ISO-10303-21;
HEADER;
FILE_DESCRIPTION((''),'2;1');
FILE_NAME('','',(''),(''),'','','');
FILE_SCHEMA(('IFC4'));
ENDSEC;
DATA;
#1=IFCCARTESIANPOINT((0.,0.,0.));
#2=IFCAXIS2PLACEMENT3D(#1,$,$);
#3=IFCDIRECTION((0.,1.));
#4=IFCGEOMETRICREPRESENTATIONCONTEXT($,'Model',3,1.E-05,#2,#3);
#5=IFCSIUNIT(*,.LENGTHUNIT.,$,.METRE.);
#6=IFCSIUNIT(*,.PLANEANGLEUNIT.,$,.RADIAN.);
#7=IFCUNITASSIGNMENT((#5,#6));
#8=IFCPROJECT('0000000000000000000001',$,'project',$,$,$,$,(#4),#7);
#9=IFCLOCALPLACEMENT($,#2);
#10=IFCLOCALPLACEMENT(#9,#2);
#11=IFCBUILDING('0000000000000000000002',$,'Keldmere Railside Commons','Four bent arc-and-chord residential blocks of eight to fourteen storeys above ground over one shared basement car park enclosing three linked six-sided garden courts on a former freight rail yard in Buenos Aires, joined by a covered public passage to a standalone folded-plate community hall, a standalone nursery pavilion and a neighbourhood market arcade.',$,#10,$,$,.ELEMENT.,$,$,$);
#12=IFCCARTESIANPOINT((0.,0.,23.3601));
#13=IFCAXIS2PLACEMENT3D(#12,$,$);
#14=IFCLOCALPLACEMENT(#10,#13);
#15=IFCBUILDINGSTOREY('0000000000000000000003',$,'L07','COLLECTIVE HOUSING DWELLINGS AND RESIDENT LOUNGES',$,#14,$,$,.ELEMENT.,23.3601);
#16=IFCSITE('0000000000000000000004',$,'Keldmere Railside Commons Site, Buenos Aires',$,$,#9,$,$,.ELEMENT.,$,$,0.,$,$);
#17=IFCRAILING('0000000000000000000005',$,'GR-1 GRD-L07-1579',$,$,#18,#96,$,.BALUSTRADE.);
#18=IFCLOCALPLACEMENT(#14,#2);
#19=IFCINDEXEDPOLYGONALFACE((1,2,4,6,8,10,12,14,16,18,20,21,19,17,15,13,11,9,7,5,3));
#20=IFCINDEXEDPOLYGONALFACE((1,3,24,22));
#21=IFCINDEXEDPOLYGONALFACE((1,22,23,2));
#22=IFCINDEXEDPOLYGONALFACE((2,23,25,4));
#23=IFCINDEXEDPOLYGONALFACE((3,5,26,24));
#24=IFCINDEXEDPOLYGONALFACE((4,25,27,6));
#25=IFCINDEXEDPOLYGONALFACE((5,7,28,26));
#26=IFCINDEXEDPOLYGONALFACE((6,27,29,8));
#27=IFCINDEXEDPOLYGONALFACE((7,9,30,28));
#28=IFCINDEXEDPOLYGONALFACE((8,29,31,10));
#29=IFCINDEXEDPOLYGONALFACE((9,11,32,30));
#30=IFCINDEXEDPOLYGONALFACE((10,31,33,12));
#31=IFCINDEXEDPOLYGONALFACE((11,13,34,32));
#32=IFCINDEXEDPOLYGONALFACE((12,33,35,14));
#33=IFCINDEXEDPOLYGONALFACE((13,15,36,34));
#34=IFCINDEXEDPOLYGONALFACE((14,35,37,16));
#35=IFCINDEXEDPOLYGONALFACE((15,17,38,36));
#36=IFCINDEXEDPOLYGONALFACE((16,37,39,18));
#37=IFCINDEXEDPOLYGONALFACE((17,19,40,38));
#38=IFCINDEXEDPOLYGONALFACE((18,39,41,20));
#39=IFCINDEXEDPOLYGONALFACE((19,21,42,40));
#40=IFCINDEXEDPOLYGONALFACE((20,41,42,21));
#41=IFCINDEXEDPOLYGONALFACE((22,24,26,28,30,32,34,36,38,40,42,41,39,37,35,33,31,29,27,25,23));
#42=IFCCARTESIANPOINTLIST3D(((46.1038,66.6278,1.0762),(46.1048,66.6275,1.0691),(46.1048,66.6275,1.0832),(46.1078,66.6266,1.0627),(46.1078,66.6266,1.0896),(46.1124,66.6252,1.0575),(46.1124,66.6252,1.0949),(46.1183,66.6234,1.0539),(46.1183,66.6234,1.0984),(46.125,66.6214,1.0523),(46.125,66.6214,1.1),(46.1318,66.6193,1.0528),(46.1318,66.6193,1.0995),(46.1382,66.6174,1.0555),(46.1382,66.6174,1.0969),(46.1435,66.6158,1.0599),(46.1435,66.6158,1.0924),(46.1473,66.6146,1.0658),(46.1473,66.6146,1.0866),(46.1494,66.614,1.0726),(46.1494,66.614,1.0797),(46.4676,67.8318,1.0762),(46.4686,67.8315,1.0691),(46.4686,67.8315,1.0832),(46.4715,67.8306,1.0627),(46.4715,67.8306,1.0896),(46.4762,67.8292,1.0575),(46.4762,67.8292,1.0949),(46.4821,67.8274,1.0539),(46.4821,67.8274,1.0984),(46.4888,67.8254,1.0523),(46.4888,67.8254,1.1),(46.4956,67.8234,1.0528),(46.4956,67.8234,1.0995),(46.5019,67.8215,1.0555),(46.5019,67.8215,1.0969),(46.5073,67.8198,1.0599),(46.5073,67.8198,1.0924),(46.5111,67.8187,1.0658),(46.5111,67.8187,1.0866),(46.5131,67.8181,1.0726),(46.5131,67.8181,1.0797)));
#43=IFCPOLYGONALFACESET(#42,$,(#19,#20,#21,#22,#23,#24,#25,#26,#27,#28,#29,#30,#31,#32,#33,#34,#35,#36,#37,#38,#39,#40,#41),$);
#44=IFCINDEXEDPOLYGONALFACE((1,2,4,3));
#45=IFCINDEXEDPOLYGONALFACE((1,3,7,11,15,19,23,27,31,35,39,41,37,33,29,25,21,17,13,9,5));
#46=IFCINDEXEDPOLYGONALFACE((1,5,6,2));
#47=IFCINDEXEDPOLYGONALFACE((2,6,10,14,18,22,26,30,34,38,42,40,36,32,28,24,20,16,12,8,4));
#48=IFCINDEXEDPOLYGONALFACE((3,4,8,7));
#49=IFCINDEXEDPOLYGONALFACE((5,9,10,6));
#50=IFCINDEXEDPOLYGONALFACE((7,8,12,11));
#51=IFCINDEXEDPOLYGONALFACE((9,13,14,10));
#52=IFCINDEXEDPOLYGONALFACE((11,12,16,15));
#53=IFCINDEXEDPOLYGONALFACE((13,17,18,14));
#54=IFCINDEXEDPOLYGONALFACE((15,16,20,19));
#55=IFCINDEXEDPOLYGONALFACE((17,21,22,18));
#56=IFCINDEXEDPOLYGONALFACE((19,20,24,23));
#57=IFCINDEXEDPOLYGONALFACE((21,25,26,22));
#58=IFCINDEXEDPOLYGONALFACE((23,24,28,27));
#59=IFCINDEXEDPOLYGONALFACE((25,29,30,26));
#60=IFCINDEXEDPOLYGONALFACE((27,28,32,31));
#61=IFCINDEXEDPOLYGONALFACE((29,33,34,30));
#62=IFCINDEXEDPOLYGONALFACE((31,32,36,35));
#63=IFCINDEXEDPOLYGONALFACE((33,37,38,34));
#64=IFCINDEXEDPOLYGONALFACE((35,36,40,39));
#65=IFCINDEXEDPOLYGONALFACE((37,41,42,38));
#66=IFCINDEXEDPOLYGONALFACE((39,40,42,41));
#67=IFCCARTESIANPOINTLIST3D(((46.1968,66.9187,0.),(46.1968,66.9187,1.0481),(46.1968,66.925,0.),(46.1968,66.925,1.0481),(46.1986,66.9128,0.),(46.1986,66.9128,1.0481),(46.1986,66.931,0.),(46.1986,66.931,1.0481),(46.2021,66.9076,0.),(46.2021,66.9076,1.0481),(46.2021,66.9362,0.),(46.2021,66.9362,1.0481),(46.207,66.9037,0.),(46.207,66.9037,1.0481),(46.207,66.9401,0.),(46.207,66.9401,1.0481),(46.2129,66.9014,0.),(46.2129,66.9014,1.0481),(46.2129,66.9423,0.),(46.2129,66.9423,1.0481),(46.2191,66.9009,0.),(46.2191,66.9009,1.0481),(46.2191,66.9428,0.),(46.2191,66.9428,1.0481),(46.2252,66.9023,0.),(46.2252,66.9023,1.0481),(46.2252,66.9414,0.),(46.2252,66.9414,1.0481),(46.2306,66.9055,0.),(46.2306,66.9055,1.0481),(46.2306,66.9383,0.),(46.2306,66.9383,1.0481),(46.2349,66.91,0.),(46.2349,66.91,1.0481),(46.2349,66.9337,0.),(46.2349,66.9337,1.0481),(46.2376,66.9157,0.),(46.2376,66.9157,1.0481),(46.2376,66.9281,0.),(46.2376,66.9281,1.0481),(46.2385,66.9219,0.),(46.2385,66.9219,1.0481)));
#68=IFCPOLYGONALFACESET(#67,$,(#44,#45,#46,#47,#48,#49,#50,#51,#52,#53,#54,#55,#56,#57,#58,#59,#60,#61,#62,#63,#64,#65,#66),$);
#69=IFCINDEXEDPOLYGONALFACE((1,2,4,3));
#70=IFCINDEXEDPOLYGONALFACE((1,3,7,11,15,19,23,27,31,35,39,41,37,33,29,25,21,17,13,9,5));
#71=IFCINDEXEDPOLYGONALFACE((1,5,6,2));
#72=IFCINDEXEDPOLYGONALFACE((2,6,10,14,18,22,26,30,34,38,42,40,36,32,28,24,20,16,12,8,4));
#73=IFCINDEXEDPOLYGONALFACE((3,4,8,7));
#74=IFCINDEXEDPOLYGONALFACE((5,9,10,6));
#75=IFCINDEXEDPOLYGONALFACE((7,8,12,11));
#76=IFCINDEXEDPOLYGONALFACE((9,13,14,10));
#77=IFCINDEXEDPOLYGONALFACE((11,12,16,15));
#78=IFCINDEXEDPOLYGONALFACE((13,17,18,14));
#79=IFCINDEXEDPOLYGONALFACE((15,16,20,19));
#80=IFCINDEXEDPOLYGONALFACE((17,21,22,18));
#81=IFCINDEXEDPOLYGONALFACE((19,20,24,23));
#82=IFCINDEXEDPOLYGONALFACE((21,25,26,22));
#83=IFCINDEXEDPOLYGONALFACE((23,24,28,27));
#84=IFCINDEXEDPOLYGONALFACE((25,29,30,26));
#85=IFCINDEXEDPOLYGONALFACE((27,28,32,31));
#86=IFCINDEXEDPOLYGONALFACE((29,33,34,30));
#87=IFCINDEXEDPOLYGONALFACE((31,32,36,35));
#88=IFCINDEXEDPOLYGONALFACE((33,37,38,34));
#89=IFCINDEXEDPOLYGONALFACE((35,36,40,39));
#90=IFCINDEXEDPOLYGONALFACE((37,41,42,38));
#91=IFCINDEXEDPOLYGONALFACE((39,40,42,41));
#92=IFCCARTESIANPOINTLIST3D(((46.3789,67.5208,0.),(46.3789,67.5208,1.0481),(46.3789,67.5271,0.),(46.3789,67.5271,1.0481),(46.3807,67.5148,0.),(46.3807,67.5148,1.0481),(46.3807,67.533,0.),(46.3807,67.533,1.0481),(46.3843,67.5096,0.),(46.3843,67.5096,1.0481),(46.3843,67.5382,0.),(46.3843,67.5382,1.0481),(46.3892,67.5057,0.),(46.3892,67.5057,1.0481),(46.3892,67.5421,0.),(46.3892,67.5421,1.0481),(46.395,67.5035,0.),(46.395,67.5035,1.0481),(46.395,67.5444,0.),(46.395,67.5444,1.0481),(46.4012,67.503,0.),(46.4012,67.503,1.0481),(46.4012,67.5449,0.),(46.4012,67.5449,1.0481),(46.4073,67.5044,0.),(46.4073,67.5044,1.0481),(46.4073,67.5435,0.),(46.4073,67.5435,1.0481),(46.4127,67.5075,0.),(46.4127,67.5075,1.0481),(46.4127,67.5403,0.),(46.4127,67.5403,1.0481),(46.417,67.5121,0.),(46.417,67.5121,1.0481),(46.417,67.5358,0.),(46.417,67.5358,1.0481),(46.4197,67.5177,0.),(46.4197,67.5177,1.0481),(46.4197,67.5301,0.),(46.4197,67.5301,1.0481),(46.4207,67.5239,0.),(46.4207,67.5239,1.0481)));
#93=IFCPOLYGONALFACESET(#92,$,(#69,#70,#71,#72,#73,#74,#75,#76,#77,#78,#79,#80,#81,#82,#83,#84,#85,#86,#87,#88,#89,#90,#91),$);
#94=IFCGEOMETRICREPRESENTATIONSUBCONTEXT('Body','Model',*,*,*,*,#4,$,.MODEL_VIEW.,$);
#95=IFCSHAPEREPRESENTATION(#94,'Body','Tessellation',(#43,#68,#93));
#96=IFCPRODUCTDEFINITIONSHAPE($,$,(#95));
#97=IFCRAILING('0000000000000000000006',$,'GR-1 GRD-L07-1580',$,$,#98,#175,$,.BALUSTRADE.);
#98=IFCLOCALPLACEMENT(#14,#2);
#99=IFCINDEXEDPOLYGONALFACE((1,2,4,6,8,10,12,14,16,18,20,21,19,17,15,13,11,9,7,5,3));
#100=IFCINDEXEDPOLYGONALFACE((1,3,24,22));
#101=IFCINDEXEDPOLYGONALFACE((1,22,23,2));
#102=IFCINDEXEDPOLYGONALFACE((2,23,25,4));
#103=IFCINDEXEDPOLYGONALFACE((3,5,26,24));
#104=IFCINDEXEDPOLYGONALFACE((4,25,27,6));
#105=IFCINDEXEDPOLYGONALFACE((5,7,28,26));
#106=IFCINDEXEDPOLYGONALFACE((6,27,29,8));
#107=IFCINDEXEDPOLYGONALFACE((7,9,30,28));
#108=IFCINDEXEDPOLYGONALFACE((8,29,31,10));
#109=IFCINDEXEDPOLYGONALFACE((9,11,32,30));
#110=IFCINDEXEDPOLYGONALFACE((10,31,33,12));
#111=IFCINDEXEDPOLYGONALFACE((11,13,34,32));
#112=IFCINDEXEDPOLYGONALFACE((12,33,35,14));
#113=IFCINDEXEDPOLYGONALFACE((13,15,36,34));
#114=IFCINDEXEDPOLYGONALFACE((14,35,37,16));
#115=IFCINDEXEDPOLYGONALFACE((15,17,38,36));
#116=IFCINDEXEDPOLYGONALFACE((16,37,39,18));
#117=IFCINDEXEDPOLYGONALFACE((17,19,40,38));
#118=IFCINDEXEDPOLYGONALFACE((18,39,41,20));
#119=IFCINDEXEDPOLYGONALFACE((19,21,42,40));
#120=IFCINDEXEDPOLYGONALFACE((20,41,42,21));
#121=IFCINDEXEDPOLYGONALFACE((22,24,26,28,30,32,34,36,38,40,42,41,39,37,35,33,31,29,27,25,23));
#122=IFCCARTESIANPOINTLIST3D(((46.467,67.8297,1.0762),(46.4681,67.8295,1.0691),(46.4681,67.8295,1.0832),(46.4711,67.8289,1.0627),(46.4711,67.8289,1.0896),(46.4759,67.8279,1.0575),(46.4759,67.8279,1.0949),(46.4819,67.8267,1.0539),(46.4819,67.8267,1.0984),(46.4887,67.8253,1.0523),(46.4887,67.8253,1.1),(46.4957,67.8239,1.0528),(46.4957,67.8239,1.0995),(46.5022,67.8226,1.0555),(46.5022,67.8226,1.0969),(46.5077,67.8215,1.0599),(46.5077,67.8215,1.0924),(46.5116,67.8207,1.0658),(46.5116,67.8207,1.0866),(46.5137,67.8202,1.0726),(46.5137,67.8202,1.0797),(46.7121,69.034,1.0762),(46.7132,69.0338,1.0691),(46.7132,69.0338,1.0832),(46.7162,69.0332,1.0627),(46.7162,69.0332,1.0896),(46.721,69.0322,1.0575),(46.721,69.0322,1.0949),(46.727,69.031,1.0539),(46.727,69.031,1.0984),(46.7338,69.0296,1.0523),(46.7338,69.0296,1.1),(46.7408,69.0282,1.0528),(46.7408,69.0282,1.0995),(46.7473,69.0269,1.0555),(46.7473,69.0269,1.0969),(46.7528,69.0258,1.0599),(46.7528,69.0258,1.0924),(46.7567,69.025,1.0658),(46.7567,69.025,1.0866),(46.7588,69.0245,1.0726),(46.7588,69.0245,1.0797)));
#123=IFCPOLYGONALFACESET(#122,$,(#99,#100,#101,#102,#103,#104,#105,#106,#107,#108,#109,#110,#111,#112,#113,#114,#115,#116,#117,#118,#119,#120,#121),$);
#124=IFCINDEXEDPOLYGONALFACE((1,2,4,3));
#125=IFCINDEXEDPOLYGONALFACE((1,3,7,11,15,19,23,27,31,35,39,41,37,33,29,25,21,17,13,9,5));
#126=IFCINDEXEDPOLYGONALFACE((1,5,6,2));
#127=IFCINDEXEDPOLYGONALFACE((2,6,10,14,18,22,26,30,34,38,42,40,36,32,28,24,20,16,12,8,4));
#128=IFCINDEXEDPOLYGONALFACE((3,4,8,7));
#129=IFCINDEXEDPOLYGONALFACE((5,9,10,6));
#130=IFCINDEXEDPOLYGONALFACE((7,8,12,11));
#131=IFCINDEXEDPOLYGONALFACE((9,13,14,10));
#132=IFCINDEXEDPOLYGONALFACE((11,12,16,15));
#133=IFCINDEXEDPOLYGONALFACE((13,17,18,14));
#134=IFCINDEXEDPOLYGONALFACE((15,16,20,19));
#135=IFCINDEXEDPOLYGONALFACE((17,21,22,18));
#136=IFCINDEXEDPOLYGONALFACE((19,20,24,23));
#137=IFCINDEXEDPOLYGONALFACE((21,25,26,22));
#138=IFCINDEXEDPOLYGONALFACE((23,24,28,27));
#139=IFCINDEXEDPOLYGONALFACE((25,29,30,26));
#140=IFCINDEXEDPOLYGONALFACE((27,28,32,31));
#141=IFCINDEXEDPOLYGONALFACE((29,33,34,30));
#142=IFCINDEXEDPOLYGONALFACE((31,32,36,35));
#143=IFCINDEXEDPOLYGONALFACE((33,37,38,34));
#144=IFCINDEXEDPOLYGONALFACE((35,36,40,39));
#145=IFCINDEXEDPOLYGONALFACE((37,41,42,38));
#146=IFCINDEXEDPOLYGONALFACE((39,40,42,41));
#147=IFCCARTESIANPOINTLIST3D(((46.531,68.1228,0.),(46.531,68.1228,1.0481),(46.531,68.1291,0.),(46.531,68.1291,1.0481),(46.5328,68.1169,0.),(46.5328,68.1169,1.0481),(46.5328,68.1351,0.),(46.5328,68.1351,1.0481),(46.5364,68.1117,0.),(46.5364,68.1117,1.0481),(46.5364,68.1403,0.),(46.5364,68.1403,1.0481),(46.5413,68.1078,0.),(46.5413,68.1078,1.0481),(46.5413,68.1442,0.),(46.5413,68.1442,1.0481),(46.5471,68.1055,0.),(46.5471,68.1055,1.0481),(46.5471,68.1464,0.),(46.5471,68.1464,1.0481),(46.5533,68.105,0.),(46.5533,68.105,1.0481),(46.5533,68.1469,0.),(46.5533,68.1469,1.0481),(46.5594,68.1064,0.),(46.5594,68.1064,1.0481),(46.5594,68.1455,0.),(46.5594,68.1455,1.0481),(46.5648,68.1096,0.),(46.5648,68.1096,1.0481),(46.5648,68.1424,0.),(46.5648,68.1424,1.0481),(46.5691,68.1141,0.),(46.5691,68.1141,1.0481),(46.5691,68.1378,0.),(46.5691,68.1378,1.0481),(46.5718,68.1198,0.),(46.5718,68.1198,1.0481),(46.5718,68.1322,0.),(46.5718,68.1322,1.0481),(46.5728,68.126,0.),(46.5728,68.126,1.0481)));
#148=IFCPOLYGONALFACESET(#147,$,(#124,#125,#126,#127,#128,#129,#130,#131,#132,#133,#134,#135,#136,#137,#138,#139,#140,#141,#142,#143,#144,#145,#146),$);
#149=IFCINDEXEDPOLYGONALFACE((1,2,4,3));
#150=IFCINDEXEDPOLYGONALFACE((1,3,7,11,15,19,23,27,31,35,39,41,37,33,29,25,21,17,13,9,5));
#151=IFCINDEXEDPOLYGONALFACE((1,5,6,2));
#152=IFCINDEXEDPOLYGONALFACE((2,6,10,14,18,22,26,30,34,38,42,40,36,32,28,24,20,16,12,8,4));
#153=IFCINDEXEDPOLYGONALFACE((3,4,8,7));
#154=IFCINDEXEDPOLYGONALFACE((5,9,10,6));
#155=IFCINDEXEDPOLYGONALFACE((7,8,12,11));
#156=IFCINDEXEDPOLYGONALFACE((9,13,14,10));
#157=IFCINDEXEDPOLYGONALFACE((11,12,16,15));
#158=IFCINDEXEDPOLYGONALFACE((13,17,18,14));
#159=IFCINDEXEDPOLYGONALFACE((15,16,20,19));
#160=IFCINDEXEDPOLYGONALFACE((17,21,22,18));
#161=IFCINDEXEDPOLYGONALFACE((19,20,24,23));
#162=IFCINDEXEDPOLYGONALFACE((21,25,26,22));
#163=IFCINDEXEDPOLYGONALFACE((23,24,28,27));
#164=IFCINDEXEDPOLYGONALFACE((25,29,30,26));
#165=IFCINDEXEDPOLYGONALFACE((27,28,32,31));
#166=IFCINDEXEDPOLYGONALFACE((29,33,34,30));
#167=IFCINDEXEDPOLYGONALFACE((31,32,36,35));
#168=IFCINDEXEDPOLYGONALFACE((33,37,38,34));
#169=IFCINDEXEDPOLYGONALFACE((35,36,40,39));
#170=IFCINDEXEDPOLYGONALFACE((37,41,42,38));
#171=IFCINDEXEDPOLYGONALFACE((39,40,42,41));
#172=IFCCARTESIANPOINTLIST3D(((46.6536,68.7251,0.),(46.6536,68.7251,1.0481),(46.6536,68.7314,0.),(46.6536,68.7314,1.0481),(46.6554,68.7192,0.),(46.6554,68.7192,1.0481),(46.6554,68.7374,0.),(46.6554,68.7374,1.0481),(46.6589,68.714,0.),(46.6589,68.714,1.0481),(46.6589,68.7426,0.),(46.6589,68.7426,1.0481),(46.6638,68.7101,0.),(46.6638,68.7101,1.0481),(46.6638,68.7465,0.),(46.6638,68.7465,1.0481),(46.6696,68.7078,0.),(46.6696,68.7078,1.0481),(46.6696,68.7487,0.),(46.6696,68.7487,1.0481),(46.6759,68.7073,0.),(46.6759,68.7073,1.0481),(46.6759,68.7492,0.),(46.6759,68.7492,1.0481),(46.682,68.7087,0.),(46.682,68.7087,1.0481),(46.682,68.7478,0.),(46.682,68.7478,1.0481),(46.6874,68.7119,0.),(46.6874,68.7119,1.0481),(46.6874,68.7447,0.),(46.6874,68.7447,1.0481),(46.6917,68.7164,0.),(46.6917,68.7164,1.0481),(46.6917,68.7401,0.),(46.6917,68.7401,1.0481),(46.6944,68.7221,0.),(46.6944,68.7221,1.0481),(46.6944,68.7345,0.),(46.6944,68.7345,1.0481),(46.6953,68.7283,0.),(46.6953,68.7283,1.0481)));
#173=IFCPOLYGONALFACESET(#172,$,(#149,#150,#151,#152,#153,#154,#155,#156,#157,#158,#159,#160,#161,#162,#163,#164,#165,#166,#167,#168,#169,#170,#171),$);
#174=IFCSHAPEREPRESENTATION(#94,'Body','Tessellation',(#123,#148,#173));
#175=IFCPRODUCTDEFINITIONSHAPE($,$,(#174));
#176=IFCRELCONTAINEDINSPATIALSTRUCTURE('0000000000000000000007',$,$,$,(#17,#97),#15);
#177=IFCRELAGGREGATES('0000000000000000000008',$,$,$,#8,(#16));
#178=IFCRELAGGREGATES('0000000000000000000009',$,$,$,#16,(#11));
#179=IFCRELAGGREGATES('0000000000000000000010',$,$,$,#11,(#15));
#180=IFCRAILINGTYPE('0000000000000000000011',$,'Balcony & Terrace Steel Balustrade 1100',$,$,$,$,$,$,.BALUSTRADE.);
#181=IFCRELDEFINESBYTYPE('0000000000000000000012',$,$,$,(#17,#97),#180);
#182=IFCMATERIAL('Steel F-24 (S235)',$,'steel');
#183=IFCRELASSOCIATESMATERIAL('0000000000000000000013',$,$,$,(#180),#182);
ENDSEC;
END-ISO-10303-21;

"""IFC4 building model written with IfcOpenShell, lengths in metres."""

from ifc_helpers import new_model, si_unit, direction, frame, origin, origin_2d, place, context, subcontext, project, spatial, circle, extrude, material, type_object, element, save


model = new_model("IFC4")

# Units and contexts
model_context = context("Model", 3, precision=1e-05, world=origin(), true_north=direction((0.0, 1.0)))
body_context = subcontext(model_context, "Body", "Model", "MODEL_VIEW")
ifc_project = project(units=[si_unit("LENGTHUNIT", "METRE"), si_unit("PLANEANGLEUNIT", "RADIAN")], contexts=[model_context])

# Site, building, storey
site_placement = place(None, origin())
site = spatial("IfcSite", under=ifc_project, at=site_placement, Name="Keldmere Railside Commons Site, Buenos Aires", CompositionType="ELEMENT", RefElevation=0.0)
building_placement = place(site_placement, origin())
building = spatial("IfcBuilding", under=site, at=building_placement, Name="Keldmere Railside Commons", Description="Four bent arc-and-chord residential blocks of eight to fourteen storeys above ground over one shared basement car park enclosing three linked six-sided garden courts on a former freight rail yard in Buenos Aires, joined by a covered public passage to a standalone folded-plate community hall, a standalone nursery pavilion and a neighbourhood market arcade.", CompositionType="ELEMENT")
storey_placement = place(building_placement, frame((0.0, 0.0, 23.3601)))
storey = spatial("IfcBuildingStorey", under=building, at=storey_placement, Name="L07", Description="COLLECTIVE HOUSING DWELLINGS AND RESIDENT LOUNGES", CompositionType="ELEMENT", Elevation=23.3601)

# Shared definitions
ifc_material_1 = material(Name="Steel F-24 (S235)", Category="steel")

# Railings
railing_type_1 = type_object("IfcRailingType", Name="Balcony & Terrace Steel Balustrade 1100", PredefinedType="BALUSTRADE", material=ifc_material_1)
railing_1_placement = place(storey_placement, frame((46.1267, 66.6208, 0.0)))
element("IfcRailing", 1, at=railing_1_placement, inside=storey, type_object=railing_type_1, Name="GR-1 GRD-L07-1579", PredefinedType="BALUSTRADE", context=body_context, shape_type="SweptSolid", body=[
    extrude(circle(Radius=0.0239, at=origin_2d()), frame((0.0, 0.0, 1.0762), z_axis=(0.289199, 0.957269, 0.0), x_axis=(-0.957269, 0.289199, 0.0)), (0.0, 0.0, 1.0), 1.2578),
    extrude(circle(Radius=0.021, at=origin_2d()), frame((0.0908, 0.301, 0.0)), (0.0, 0.0, 1.0), 1.0481),
    extrude(circle(Radius=0.021, at=origin_2d()), frame((0.2729, 0.9031, 0.0)), (0.0, 0.0, 1.0), 1.0481),
])
railing_2_placement = place(storey_placement, frame((46.4905, 67.825, 0.0)))
element("IfcRailing", 2, at=railing_2_placement, inside=storey, type_object=railing_type_1, Name="GR-1 GRD-L07-1580", PredefinedType="BALUSTRADE", context=body_context, shape_type="SweptSolid", body=[
    extrude(circle(Radius=0.0239, at=origin_2d()), frame((0.0, 0.0, 1.0762), z_axis=(0.199438, 0.97991, 0.0), x_axis=(-0.97991, 0.199438, 0.0)), (0.0, 0.0, 1.0), 1.229),
    extrude(circle(Radius=0.021, at=origin_2d()), frame((0.0613, 0.301, 0.0)), (0.0, 0.0, 1.0), 1.0481),
    extrude(circle(Radius=0.021, at=origin_2d()), frame((0.1838, 0.9033, 0.0)), (0.0, 0.0, 1.0), 1.0481),
])

save(model, "model.ifc")
